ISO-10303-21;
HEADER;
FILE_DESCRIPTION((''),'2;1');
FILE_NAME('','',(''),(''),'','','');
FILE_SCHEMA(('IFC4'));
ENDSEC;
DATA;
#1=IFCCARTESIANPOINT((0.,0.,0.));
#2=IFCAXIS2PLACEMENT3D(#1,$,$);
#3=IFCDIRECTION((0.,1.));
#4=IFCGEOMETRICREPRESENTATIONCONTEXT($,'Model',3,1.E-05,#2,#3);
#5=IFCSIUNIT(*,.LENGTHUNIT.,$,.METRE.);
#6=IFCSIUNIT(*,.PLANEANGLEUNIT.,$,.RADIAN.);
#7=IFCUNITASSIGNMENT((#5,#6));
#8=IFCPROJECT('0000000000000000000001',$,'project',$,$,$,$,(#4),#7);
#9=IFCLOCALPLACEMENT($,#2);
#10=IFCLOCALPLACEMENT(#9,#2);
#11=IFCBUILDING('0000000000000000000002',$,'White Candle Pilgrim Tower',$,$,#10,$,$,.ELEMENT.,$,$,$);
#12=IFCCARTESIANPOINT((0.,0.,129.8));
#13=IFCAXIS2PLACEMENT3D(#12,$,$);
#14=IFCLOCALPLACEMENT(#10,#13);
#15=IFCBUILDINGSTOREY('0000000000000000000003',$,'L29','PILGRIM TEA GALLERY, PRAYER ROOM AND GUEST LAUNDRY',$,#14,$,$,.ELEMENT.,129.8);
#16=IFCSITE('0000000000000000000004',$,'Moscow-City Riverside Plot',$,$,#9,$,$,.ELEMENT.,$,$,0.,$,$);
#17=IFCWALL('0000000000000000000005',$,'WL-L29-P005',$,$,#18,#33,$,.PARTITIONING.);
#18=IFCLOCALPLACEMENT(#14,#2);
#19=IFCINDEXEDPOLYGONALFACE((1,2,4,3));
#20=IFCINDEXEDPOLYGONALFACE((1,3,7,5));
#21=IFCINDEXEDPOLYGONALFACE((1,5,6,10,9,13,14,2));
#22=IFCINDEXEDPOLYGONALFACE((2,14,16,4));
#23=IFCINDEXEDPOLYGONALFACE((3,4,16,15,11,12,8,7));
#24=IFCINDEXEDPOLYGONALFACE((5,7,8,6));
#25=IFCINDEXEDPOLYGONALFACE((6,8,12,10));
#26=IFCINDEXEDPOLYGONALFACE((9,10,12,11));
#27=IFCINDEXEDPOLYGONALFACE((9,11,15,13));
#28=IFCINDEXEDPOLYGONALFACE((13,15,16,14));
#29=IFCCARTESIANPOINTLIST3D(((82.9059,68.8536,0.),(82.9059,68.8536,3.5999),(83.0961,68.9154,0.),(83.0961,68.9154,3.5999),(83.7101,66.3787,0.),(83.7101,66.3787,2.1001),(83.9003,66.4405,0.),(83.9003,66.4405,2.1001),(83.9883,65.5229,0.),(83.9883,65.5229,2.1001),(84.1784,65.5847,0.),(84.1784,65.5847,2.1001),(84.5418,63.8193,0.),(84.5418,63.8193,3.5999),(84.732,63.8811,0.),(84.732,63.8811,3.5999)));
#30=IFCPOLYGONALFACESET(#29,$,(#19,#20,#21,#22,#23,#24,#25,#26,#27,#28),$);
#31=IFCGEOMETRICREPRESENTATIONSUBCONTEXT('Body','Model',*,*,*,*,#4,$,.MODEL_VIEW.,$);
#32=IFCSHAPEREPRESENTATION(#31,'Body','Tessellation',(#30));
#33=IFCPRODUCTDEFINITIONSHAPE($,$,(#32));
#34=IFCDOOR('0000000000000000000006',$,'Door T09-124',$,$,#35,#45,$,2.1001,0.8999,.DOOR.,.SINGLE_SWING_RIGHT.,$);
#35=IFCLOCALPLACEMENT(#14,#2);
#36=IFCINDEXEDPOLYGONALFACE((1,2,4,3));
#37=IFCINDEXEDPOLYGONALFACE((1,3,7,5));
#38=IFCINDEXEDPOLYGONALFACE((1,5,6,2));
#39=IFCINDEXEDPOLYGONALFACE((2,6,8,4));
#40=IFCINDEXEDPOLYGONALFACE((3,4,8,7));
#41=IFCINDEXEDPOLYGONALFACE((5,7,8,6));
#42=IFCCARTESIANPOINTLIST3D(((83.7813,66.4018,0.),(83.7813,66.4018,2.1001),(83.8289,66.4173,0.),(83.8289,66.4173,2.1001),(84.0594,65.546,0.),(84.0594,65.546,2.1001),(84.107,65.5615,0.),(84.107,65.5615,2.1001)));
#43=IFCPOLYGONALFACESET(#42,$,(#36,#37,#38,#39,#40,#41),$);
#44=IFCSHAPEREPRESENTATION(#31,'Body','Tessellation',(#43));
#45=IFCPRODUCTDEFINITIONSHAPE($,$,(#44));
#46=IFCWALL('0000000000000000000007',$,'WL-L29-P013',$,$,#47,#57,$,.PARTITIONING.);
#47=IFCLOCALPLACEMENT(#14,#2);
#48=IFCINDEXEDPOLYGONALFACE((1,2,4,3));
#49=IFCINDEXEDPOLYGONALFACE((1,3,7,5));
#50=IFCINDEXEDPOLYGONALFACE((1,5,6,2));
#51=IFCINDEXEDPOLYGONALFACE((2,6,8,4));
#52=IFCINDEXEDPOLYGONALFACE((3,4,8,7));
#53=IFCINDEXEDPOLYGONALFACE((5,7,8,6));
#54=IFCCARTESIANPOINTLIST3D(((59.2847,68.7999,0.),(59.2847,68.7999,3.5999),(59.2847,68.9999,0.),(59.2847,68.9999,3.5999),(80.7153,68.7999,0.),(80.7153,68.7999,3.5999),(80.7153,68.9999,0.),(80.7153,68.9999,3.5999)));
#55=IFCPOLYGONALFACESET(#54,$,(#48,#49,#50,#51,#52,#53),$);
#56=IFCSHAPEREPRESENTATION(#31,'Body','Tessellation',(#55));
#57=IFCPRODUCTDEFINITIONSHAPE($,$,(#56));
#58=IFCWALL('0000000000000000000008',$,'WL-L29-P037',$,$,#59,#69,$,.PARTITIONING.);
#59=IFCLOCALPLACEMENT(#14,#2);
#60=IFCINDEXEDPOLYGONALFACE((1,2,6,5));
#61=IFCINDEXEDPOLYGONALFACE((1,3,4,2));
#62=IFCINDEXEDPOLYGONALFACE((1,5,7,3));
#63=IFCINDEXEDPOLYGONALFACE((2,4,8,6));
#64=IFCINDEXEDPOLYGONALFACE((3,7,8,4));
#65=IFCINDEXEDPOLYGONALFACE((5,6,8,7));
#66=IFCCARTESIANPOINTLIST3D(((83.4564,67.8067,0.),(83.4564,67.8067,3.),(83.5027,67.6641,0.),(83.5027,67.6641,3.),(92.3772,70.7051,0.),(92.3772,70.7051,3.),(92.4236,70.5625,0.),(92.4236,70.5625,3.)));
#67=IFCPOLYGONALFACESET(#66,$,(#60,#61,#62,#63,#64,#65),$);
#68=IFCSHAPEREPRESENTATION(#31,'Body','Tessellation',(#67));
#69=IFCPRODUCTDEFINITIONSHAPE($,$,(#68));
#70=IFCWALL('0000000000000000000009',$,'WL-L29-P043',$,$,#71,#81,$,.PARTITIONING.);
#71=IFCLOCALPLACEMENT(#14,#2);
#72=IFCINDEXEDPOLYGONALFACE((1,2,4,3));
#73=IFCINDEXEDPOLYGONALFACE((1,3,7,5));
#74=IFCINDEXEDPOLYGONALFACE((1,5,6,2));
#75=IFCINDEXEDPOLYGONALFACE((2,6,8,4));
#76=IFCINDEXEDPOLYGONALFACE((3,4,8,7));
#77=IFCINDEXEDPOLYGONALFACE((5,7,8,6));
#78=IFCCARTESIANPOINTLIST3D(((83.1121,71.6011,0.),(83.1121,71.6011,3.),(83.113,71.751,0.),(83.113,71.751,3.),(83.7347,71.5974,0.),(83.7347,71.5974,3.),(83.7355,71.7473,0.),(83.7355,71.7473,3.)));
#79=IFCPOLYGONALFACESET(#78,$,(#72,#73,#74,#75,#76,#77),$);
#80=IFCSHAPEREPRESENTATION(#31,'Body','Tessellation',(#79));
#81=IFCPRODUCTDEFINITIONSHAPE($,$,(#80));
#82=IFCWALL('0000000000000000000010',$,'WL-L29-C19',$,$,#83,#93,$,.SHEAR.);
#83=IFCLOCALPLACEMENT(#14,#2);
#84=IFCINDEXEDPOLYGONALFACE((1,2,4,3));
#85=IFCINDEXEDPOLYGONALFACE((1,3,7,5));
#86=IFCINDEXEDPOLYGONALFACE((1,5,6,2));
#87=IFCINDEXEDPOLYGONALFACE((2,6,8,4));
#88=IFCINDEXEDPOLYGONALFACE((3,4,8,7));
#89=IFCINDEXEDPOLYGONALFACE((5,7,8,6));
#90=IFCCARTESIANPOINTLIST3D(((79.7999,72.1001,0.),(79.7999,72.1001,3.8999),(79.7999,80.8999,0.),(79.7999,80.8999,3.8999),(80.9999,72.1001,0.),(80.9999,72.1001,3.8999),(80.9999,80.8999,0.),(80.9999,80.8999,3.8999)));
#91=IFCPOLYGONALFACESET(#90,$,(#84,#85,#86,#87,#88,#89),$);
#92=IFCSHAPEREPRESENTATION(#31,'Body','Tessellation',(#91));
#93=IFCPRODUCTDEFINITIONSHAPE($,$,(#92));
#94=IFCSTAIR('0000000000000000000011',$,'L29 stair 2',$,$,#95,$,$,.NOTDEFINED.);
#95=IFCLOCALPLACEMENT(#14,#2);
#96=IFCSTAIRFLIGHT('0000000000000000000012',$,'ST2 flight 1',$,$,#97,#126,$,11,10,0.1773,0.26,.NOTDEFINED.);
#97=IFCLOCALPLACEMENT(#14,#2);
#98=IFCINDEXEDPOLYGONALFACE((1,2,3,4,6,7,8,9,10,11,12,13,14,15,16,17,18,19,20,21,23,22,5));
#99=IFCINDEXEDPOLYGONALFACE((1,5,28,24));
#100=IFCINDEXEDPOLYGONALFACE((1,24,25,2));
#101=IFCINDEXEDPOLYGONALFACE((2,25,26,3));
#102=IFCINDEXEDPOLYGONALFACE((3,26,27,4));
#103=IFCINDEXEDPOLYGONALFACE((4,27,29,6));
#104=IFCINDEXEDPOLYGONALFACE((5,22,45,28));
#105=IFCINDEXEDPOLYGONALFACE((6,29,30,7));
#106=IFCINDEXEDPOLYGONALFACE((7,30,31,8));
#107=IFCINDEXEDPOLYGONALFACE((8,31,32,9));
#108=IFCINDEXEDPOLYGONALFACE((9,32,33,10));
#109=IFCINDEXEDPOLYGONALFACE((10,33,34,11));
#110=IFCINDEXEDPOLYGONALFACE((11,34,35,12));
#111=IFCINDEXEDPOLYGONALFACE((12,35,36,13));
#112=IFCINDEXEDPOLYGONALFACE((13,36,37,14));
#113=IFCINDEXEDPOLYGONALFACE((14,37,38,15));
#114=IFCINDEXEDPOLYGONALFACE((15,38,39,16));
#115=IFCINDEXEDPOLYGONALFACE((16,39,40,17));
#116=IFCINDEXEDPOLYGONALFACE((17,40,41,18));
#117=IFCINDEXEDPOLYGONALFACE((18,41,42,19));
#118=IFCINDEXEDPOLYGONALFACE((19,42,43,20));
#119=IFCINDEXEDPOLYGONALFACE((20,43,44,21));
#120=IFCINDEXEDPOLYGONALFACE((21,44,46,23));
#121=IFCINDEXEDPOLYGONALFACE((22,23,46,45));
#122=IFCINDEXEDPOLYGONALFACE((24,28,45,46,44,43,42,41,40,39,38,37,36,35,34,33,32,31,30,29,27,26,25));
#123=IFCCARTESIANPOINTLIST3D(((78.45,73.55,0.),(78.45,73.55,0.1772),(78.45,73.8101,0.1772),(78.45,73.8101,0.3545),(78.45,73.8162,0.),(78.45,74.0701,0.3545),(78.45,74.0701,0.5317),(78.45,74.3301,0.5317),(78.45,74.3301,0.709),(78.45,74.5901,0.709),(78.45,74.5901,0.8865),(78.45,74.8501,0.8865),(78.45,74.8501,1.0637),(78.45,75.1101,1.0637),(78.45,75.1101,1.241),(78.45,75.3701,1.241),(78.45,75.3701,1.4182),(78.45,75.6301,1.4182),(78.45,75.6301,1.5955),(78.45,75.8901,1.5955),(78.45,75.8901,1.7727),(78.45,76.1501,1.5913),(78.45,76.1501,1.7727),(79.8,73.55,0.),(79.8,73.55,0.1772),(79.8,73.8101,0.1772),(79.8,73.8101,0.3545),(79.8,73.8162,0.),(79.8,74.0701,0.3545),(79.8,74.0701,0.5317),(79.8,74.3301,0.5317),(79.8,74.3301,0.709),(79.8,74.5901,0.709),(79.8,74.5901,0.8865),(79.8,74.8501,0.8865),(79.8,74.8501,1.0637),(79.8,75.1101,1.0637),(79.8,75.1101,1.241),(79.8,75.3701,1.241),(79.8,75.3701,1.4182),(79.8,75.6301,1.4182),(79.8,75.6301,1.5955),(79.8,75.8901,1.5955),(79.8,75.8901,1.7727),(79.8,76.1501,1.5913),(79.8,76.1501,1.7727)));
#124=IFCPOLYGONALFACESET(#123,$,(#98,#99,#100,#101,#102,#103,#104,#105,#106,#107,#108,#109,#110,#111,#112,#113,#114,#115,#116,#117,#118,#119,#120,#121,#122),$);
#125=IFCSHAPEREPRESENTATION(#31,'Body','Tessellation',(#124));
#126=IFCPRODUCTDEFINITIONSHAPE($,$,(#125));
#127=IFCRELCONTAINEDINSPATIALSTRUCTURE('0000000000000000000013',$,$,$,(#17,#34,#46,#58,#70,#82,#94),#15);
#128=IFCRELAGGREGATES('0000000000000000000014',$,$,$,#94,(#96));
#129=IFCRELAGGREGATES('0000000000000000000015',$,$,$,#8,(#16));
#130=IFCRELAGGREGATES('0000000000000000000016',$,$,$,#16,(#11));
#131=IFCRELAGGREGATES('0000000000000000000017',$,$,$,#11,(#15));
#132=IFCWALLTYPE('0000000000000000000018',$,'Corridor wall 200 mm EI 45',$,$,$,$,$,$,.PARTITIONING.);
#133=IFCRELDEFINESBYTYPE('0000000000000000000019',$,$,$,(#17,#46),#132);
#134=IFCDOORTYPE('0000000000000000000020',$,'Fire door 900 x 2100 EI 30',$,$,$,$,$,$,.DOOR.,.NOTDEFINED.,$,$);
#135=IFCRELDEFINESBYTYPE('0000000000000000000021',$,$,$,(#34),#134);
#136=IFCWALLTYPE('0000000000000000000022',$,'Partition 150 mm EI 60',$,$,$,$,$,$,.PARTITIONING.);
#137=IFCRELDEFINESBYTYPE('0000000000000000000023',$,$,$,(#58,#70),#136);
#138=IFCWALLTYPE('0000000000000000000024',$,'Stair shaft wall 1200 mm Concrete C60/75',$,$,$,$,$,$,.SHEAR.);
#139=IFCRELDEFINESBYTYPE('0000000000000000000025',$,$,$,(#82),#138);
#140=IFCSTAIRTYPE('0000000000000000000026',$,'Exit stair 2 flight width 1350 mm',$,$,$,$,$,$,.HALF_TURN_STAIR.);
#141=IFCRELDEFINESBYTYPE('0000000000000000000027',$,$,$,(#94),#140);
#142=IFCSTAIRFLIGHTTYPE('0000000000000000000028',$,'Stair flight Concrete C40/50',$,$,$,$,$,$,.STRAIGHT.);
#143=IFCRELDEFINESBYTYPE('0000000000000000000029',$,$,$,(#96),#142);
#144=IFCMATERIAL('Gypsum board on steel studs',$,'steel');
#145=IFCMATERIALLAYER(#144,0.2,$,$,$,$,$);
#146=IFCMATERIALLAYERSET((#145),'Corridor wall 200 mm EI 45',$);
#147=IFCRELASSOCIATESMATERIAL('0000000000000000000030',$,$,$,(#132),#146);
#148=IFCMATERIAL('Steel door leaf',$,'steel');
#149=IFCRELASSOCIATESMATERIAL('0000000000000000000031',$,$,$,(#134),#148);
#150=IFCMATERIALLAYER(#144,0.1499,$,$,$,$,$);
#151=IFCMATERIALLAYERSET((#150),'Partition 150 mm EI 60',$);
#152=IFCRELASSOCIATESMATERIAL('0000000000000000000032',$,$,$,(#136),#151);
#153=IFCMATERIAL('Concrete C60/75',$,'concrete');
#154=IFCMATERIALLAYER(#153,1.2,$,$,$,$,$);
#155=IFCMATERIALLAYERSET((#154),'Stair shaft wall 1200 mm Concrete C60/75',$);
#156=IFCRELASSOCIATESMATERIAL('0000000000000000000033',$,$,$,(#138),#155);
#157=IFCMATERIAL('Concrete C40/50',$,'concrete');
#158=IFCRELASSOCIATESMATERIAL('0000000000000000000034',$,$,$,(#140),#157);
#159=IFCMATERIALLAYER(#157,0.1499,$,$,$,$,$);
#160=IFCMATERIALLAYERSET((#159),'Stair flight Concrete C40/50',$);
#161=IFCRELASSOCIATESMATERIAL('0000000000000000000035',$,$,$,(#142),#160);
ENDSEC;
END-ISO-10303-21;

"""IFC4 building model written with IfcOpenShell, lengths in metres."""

from ifc_helpers import new_model, si_unit, direction, frame, frame_2d, origin, place, context, subcontext, project, spatial, polyline, rectangle, outline, extrude, material, layer, layer_set, type_object, element, fill, aggregate, save


model = new_model("IFC4")

# Units and contexts
model_context = context("Model", 3, precision=1e-05, world=origin(), true_north=direction((0.0, 1.0)))
body_context = subcontext(model_context, "Body", "Model", "MODEL_VIEW")
ifc_project = project(units=[si_unit("LENGTHUNIT", "METRE"), si_unit("PLANEANGLEUNIT", "RADIAN")], contexts=[model_context])

# Site, building, storey
site_placement = place(None, origin())
site = spatial("IfcSite", under=ifc_project, at=site_placement, Name="Moscow-City Riverside Plot", CompositionType="ELEMENT", RefElevation=0.0)
building_placement = place(site_placement, origin())
building = spatial("IfcBuilding", under=site, at=building_placement, Name="White Candle Pilgrim Tower", CompositionType="ELEMENT")
storey_placement = place(building_placement, frame((0.0, 0.0, 129.8)))
storey = spatial("IfcBuildingStorey", under=building, at=storey_placement, Name="L29", Description="PILGRIM TEA GALLERY, PRAYER ROOM AND GUEST LAUNDRY", CompositionType="ELEMENT", Elevation=129.8)

# Wall, opening, door
ifc_material_1 = material(Name="Gypsum board on steel studs", Category="steel")
ifc_layer_1 = layer(ifc_material_1, 0.2)
ifc_layer_set_1 = layer_set([ifc_layer_1], Name="Corridor wall 200 mm EI 45")
wall_type_1 = type_object("IfcWallType", Name="Corridor wall 200 mm EI 45", PredefinedType="PARTITIONING", material=ifc_layer_set_1)
wall_1_placement = place(storey_placement, frame((83.001, 68.8845, 0.0), z_axis=(0.0, 0.0, 1.0), x_axis=(0.309052, -0.951045, 0.0)))
wall_1 = element("IfcWall", 1, at=wall_1_placement, inside=storey, type_object=wall_type_1, Name="WL-L29-P005", PredefinedType="PARTITIONING", context=body_context, shape_type="SweptSolid", body=[
    extrude(rectangle(XDim=5.2935, YDim=0.2, at=frame_2d((2.6467, 0.0))), origin(), (0.0, 0.0, 1.0), 3.5999),
])
opening_placement = place(wall_1_placement, frame((2.6023, 0.0, 0.0)))
opening = element("IfcOpeningElement", 2, at=opening_placement, cuts=wall_1, PredefinedType="OPENING", context=body_context, shape_type="SweptSolid", body=[
    extrude(rectangle(XDim=0.8999, YDim=2.1001, at=frame_2d((0.45, 1.05))), frame((0.0, 0.1099, 0.0), z_axis=(0.0, -1.0, 0.0), x_axis=(1.0, 0.0, 0.0)), (0.0, 0.0, 1.0), 0.22),
])
ifc_material_2 = material(Name="Steel door leaf", Category="steel")
door_type = type_object("IfcDoorType", Name="Fire door 900 x 2100 EI 30", OperationType="NOTDEFINED", PredefinedType="DOOR", material=ifc_material_2)
door_placement = place(opening_placement, origin())
door = element("IfcDoor", 3, at=door_placement, inside=storey, type_object=door_type, Name="Door T09-124", OperationType="SINGLE_SWING_RIGHT", OverallHeight=2.1001, OverallWidth=0.8999, PredefinedType="DOOR", context=body_context, shape_type="SweptSolid", body=[
    extrude(rectangle(XDim=0.8999, YDim=2.1001, at=frame_2d((0.45, 1.05))), frame((0.0, 0.0249, 0.0), z_axis=(0.0, -1.0, 0.0), x_axis=(1.0, 0.0, 0.0)), (0.0, 0.0, 1.0), 0.05),
])
fill(opening, door)

# Walls
wall_2_placement = place(storey_placement, frame((80.7153, 68.8999, 0.0), z_axis=(0.0, 0.0, 1.0), x_axis=(-1.0, 0.0, 0.0)))
element("IfcWall", 4, at=wall_2_placement, inside=storey, type_object=wall_type_1, Name="WL-L29-P013", PredefinedType="PARTITIONING", context=body_context, shape_type="SweptSolid", body=[
    extrude(rectangle(XDim=21.4307, YDim=0.2, at=frame_2d((10.7153, 0.0))), origin(), (0.0, 0.0, 1.0), 3.5999),
])
ifc_layer_2 = layer(ifc_material_1, 0.1499)
ifc_layer_set_2 = layer_set([ifc_layer_2], Name="Partition 150 mm EI 60")
wall_type_2 = type_object("IfcWallType", Name="Partition 150 mm EI 60", PredefinedType="PARTITIONING", material=ifc_layer_set_2)
wall_3_placement = place(storey_placement, frame((92.4004, 70.6338, 0.0), z_axis=(0.0, 0.0, 1.0), x_axis=(-0.951061, -0.309004, 0.0)))
element("IfcWall", 5, at=wall_3_placement, inside=storey, type_object=wall_type_2, Name="WL-L29-P037", PredefinedType="PARTITIONING", context=body_context, shape_type="SweptSolid", body=[
    extrude(rectangle(XDim=9.3799, YDim=0.1499, at=frame_2d((4.6899, 0.0))), origin(), (0.0, 0.0, 1.0), 3.0),
])
wall_4_placement = place(storey_placement, frame((83.7351, 71.6724, 0.0), z_axis=(0.0, 0.0, 1.0), x_axis=(-0.999983, 0.005882, 0.0)))
element("IfcWall", 6, at=wall_4_placement, inside=storey, type_object=wall_type_2, Name="WL-L29-P043", PredefinedType="PARTITIONING", context=body_context, shape_type="SweptSolid", body=[
    extrude(rectangle(XDim=0.6226, YDim=0.1499, at=frame_2d((0.3113, 0.0))), origin(), (0.0, 0.0, 1.0), 3.0),
])
ifc_material_3 = material(Name="Concrete C60/75", Category="concrete")
ifc_layer_3 = layer(ifc_material_3, 1.2)
ifc_layer_set_3 = layer_set([ifc_layer_3], Name="Stair shaft wall 1200 mm Concrete C60/75")
wall_type_3 = type_object("IfcWallType", Name="Stair shaft wall 1200 mm Concrete C60/75", PredefinedType="SHEAR", material=ifc_layer_set_3)
wall_5_placement = place(storey_placement, frame((80.3999, 72.1001, 0.0), z_axis=(0.0, 0.0, 1.0), x_axis=(0.0, 1.0, 0.0)))
element("IfcWall", 7, at=wall_5_placement, inside=storey, type_object=wall_type_3, Name="WL-L29-C19", PredefinedType="SHEAR", context=body_context, shape_type="SweptSolid", body=[
    extrude(rectangle(XDim=8.7998, YDim=1.2, at=frame_2d((4.3999, 0.0))), origin(), (0.0, 0.0, 1.0), 3.8999),
])

# Stair, stair flight
ifc_material_4 = material(Name="Concrete C40/50", Category="concrete")
stair_type = type_object("IfcStairType", Name="Exit stair 2 flight width 1350 mm", PredefinedType="HALF_TURN_STAIR", material=ifc_material_4)
stair_placement = place(storey_placement, origin())
stair = element("IfcStair", 8, at=stair_placement, inside=storey, type_object=stair_type, Name="L29 stair 2", PredefinedType="NOTDEFINED")
ifc_layer_4 = layer(ifc_material_4, 0.1499)
ifc_layer_set_4 = layer_set([ifc_layer_4], Name="Stair flight Concrete C40/50")
stair_flight_type = type_object("IfcStairFlightType", Name="Stair flight Concrete C40/50", PredefinedType="STRAIGHT", material=ifc_layer_set_4)
stair_flight_placement = place(storey_placement, frame((79.125, 73.55, 0.0), z_axis=(0.0, 0.0, 1.0), x_axis=(0.0, 1.0, 0.0)))
stair_flight = element("IfcStairFlight", 9, at=stair_flight_placement, type_object=stair_flight_type, Name="ST2 flight 1", NumberOfRisers=11, NumberOfTreads=10, PredefinedType="NOTDEFINED", RiserHeight=0.1773, TreadLength=0.26, context=body_context, shape_type="SweptSolid", body=[
    extrude(outline(polyline([(0.0, 0.0), (0.0, 0.1772), (0.26, 0.1772), (0.26, 0.3545), (0.52, 0.3545), (0.52, 0.5317), (0.78, 0.5317), (0.78, 0.709), (1.04, 0.709), (1.04, 0.8865), (1.3, 0.8865), (1.3, 1.0637), (1.5601, 1.0637), (1.5601, 1.241), (1.8201, 1.241), (1.8201, 1.4182), (2.0801, 1.4182), (2.0801, 1.5955), (2.3401, 1.5955), (2.3401, 1.7727), (2.6001, 1.7727), (2.6001, 1.95), (2.6001, 1.5913), (0.2661, 0.0), (0.0, 0.0)])), frame((0.0, 0.675, 0.0), z_axis=(0.0, -1.0, 0.0), x_axis=(1.0, 0.0, 0.0)), (0.0, 0.0, 1.0), 1.3501),
])
aggregate(stair, [stair_flight])

save(model, "model.ifc")
